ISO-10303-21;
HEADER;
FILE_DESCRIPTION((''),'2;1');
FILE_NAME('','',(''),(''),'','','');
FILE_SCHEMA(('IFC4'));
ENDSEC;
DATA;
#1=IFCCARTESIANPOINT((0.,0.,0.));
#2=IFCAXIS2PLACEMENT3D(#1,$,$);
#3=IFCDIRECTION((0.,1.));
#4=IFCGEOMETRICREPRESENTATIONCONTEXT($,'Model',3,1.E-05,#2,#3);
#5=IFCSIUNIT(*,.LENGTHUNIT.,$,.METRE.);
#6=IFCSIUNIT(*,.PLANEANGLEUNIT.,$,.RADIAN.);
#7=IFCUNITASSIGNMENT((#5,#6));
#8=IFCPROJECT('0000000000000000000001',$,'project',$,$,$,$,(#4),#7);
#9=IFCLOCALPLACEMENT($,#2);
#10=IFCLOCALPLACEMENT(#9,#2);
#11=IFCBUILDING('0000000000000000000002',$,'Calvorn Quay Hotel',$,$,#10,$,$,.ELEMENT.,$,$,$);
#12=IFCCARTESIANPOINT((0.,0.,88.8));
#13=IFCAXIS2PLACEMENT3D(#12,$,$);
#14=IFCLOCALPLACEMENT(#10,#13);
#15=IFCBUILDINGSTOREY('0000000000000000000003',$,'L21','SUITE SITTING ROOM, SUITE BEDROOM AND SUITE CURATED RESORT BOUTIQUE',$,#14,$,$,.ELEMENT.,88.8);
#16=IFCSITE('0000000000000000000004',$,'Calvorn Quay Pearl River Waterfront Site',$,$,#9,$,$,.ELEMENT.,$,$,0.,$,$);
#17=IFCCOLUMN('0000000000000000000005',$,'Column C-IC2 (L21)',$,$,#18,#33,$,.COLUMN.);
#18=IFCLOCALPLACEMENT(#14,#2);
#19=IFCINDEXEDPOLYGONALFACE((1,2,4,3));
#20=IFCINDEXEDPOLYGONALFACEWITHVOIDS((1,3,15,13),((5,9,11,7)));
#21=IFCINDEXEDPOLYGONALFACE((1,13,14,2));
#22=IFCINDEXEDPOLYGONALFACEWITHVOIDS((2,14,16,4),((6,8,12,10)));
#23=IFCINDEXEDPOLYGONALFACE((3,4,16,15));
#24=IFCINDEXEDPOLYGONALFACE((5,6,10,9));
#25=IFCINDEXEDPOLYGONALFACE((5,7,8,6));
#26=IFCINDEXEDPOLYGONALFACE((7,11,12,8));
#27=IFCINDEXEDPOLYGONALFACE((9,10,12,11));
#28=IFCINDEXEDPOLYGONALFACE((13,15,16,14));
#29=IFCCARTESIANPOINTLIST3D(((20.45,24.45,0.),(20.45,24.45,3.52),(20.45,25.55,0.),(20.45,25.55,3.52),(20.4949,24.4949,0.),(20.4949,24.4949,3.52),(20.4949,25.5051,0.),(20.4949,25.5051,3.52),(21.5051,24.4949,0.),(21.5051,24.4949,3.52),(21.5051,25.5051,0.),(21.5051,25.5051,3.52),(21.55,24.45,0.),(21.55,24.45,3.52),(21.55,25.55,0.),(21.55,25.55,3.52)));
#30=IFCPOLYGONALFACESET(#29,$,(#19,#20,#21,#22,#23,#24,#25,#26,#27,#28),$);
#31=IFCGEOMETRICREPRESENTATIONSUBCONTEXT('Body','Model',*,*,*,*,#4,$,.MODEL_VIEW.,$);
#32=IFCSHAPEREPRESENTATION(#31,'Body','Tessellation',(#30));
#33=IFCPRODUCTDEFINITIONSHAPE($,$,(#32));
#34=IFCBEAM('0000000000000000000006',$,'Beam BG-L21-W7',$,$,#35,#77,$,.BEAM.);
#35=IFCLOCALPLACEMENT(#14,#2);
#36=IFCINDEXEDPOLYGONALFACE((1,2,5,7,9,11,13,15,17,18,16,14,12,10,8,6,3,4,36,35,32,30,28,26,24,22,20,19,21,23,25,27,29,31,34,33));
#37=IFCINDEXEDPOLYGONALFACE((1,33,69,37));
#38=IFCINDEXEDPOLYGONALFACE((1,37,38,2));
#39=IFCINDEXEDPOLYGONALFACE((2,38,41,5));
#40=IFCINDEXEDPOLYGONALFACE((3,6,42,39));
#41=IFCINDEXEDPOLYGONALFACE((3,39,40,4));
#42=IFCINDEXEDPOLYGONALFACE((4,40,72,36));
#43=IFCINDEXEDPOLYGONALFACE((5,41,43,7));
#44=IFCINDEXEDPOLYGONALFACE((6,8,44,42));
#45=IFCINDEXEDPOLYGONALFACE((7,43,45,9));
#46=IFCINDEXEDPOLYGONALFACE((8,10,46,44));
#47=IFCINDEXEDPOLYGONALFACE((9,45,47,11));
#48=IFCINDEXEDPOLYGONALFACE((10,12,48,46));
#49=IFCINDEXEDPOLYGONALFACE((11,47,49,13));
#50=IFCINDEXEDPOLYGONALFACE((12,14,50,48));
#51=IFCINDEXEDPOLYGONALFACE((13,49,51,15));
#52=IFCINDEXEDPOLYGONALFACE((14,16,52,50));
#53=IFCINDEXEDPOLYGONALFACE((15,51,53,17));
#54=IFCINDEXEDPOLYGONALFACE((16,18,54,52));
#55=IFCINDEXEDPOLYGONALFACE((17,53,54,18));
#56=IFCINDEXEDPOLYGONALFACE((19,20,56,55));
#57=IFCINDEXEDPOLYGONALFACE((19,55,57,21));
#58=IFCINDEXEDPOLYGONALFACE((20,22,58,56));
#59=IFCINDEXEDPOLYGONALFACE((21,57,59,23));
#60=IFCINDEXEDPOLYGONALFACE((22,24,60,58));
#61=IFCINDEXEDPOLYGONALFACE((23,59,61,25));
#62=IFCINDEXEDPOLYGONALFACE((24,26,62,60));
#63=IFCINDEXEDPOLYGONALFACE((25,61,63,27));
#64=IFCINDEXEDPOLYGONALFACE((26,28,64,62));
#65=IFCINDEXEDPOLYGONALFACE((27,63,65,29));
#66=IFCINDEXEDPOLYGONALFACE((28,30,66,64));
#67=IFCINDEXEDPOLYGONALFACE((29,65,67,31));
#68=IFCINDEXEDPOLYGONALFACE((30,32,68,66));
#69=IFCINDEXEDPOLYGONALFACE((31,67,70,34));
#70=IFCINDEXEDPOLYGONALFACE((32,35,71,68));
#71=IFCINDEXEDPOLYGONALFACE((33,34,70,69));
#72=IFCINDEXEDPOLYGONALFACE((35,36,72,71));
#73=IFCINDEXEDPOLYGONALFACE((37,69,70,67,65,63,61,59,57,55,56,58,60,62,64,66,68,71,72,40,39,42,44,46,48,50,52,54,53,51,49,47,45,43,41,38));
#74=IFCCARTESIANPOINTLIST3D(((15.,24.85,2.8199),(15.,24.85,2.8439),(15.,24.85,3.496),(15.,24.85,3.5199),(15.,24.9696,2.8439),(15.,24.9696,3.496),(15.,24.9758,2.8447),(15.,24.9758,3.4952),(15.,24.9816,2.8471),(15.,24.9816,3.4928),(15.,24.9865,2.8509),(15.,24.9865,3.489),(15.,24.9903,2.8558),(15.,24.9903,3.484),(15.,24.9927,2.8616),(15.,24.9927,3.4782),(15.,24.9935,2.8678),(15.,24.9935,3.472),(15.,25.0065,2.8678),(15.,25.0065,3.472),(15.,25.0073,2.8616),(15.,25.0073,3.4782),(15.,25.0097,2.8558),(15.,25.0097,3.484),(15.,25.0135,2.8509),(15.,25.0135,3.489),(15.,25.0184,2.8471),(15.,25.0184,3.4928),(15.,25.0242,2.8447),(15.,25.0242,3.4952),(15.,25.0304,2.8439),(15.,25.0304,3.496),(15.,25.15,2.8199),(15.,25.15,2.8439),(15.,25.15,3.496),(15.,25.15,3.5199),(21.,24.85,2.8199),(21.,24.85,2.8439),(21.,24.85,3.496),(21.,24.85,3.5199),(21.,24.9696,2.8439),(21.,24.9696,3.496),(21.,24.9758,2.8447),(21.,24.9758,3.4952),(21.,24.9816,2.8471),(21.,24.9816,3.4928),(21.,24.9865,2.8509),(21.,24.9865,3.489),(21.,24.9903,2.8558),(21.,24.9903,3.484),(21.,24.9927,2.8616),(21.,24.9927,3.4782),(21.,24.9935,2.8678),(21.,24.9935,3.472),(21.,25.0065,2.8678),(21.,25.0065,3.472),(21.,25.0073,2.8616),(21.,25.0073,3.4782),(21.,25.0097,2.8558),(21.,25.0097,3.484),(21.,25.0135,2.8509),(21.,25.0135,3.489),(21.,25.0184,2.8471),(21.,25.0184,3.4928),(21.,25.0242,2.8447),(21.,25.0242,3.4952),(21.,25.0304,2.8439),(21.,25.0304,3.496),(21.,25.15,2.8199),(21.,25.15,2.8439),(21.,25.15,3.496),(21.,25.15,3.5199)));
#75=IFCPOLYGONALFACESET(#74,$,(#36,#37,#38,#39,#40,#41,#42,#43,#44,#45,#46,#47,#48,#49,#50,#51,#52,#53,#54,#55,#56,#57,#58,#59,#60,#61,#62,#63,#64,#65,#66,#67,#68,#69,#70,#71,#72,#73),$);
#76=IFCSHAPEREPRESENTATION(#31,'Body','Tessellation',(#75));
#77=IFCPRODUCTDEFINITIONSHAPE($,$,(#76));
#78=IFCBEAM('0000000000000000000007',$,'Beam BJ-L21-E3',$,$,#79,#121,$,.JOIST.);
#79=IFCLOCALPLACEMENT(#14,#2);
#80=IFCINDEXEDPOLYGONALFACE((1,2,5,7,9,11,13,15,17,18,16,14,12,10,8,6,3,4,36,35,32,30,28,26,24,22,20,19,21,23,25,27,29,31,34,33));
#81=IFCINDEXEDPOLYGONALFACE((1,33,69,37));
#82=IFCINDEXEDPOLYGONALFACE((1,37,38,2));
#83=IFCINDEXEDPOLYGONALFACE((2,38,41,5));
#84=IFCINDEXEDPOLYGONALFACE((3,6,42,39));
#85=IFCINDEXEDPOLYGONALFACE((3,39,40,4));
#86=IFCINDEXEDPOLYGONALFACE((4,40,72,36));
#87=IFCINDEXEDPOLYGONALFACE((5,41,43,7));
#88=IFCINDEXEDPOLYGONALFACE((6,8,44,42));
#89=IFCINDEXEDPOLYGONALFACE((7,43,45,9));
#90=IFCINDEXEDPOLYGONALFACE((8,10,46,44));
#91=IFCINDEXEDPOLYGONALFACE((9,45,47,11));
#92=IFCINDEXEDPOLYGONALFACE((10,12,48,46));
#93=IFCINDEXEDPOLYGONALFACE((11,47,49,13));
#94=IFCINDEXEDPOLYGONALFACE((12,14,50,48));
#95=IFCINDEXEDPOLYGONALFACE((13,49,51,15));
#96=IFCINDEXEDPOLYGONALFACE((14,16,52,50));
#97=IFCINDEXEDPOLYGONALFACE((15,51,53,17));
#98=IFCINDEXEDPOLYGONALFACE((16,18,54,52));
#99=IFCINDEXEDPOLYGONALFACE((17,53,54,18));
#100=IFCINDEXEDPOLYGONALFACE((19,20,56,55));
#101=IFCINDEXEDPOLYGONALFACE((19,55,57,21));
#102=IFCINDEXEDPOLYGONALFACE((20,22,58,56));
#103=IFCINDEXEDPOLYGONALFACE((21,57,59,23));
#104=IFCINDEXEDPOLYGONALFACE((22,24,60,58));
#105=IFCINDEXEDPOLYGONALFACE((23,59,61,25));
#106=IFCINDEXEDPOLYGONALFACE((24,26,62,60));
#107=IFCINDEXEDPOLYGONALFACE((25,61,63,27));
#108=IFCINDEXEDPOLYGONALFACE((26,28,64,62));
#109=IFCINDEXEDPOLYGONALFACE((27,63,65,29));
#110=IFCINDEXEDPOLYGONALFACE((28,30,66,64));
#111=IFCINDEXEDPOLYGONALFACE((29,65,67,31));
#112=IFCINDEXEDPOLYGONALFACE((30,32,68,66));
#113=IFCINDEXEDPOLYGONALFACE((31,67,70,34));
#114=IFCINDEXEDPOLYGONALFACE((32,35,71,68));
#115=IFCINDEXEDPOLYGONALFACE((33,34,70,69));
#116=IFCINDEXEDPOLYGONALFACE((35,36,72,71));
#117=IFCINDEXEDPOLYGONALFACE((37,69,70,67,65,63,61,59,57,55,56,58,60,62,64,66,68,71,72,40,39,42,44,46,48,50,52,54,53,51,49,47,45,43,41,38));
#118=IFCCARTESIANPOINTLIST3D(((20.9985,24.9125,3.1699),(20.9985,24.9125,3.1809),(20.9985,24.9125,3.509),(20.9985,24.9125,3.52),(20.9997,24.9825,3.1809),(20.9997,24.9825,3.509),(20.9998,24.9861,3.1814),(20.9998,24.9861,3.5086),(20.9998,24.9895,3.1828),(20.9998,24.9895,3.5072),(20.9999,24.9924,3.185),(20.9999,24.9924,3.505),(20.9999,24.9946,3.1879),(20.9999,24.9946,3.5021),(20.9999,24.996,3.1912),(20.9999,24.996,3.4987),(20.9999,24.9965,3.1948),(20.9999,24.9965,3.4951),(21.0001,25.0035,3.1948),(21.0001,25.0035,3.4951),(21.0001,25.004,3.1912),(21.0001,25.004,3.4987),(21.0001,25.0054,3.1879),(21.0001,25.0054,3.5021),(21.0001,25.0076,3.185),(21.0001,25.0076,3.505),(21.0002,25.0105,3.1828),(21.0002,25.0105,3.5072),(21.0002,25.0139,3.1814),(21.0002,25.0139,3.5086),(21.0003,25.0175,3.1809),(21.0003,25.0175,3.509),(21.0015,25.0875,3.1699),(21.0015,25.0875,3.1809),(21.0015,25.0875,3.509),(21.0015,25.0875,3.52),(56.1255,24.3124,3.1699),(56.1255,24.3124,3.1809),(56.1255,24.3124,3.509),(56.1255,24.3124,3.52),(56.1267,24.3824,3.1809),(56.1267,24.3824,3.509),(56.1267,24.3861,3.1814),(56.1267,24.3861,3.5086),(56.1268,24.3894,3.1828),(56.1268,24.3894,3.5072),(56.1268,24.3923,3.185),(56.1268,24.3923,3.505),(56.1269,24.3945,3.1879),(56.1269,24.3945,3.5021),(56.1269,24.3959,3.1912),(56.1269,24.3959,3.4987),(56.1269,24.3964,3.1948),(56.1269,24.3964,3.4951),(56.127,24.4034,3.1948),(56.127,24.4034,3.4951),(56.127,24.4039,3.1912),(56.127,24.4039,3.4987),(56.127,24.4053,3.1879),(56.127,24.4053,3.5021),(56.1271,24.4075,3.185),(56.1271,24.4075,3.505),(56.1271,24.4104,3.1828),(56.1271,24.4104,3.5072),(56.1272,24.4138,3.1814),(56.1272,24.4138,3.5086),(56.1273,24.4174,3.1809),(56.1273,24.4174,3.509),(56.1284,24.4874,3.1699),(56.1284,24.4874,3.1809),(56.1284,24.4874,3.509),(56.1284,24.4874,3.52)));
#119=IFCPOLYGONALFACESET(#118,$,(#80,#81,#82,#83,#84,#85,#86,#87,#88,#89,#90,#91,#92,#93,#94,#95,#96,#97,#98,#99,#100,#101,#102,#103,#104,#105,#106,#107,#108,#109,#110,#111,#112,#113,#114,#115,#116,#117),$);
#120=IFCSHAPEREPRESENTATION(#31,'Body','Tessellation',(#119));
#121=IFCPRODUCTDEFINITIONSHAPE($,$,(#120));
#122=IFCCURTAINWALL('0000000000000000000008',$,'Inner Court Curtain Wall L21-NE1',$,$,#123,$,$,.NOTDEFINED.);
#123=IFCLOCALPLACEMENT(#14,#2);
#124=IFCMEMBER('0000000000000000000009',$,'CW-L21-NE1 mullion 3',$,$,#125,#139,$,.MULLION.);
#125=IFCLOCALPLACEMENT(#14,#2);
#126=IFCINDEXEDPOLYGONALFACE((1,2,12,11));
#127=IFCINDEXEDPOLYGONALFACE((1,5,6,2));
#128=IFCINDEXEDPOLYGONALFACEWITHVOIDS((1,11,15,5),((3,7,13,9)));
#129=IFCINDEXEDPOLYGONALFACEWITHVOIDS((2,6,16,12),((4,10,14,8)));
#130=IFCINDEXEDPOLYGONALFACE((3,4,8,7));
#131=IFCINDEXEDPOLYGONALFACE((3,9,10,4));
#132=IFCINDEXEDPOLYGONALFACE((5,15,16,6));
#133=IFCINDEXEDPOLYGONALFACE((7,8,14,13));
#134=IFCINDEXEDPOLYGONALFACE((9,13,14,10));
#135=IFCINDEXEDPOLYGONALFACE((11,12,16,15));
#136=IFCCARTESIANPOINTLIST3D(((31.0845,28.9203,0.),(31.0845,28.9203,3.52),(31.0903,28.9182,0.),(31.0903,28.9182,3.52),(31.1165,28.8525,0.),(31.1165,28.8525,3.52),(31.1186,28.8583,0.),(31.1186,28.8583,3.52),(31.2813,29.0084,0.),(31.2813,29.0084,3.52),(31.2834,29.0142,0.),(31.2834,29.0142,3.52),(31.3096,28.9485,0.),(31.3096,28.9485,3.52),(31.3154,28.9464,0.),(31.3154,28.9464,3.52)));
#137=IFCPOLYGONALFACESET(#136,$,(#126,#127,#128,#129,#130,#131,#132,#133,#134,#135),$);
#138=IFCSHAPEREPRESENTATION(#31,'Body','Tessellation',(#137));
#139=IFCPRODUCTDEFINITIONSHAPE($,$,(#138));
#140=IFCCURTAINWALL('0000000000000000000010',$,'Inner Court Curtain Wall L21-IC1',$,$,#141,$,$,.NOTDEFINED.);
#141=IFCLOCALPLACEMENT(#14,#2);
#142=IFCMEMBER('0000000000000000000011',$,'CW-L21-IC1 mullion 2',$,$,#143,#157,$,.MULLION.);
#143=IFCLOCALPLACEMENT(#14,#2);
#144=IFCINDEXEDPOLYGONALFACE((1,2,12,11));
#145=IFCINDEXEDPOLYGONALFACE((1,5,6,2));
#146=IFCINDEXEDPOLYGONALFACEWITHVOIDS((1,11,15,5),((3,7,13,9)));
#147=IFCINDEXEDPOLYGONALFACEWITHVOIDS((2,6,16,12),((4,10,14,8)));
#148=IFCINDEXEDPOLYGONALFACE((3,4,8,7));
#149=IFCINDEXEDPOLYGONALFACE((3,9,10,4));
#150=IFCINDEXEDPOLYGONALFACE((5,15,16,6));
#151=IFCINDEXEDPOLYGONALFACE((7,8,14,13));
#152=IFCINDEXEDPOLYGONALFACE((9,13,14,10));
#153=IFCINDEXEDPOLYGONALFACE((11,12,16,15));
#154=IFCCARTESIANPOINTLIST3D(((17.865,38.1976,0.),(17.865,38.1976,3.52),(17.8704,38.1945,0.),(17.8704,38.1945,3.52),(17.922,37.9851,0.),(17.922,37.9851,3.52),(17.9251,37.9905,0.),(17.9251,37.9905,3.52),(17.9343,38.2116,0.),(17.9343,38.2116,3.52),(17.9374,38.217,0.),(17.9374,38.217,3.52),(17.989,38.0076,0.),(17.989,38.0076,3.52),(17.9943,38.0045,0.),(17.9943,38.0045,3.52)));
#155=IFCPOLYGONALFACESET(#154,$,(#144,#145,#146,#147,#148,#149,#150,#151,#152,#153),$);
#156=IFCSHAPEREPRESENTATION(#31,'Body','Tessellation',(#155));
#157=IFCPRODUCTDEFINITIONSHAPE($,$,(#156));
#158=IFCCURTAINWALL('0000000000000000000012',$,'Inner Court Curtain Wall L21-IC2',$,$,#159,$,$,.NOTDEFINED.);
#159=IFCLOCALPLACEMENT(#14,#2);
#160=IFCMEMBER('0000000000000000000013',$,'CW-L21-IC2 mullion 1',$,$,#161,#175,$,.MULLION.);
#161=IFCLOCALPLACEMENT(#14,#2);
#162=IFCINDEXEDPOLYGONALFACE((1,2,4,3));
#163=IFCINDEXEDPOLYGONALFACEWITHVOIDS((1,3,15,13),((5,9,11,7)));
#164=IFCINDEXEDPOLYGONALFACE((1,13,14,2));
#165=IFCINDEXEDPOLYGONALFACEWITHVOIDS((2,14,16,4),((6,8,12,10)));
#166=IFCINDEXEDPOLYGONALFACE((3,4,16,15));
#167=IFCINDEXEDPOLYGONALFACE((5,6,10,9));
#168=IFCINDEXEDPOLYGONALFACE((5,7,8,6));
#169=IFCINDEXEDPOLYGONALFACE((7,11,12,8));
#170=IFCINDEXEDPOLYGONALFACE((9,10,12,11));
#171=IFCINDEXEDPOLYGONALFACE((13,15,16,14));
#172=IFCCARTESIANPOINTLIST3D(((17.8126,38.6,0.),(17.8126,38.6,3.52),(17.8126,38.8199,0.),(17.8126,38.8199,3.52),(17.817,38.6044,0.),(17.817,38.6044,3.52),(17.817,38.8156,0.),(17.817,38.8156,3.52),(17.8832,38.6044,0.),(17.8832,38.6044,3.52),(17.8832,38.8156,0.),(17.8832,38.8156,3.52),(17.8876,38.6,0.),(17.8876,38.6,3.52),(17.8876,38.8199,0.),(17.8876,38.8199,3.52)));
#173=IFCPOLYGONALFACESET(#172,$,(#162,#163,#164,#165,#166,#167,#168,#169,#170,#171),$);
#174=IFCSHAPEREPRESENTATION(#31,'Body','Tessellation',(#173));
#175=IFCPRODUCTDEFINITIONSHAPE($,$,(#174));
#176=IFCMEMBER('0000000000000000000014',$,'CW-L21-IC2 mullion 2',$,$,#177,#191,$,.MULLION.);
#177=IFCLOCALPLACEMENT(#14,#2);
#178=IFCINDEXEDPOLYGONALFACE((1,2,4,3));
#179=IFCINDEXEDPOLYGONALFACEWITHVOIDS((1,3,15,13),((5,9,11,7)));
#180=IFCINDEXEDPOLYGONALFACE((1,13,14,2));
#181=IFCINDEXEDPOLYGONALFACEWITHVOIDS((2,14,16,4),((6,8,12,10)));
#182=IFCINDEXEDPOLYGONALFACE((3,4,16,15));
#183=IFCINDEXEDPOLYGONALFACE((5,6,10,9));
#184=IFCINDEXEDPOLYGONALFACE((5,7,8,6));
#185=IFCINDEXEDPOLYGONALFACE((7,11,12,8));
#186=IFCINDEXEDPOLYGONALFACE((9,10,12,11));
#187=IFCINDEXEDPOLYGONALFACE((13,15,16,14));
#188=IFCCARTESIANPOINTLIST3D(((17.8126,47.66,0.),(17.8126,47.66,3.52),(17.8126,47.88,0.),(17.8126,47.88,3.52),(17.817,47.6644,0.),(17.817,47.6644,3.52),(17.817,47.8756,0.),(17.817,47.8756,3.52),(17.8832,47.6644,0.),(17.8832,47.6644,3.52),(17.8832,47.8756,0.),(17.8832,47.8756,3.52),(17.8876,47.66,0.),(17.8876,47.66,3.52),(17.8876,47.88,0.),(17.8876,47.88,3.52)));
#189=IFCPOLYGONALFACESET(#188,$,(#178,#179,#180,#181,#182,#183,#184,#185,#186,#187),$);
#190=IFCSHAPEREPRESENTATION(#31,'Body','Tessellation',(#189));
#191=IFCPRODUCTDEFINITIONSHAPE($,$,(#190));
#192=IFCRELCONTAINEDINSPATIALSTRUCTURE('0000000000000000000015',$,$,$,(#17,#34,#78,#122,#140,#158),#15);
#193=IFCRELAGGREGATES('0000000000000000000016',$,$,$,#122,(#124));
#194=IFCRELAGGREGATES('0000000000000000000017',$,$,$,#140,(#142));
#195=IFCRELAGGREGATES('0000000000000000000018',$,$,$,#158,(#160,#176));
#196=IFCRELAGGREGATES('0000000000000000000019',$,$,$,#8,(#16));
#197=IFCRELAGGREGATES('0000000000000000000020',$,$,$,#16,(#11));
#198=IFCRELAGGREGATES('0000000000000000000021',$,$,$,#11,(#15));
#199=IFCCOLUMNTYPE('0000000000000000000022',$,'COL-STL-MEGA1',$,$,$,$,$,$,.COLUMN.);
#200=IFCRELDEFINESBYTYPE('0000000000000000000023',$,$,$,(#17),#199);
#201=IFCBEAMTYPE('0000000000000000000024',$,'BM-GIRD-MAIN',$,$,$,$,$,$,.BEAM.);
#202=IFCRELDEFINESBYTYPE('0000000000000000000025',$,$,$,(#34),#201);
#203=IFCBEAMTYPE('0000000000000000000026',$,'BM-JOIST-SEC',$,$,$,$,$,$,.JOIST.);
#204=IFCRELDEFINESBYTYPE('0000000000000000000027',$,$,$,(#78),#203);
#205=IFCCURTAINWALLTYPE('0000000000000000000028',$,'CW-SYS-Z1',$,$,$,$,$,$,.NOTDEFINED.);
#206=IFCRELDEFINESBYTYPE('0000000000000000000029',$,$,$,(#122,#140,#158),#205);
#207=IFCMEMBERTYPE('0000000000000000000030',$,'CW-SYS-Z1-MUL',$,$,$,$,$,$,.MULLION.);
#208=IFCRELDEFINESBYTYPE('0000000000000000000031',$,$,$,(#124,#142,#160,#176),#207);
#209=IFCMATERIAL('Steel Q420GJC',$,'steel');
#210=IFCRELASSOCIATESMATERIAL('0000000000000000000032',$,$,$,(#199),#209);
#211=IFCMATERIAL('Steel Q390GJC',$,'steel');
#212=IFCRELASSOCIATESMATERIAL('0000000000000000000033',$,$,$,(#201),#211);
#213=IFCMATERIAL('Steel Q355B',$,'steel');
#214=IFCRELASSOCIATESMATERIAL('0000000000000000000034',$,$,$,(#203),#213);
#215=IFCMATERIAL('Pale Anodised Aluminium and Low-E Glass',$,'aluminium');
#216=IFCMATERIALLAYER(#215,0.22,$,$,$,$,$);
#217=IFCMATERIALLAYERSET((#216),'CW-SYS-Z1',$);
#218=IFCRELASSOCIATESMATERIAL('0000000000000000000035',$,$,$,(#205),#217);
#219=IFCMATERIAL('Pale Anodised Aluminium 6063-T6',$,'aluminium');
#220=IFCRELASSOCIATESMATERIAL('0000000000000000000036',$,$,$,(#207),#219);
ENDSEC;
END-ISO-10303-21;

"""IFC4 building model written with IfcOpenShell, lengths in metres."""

from ifc_helpers import new_model, si_unit, direction, frame, origin, origin_2d, place, context, subcontext, project, spatial, hollow_rectangle, i_section, extrude, material, layer, layer_set, material_profile, profile_set, type_object, element, aggregate, save


model = new_model("IFC4")

# Units and contexts
model_context = context("Model", 3, precision=1e-05, world=origin(), true_north=direction((0.0, 1.0)))
body_context = subcontext(model_context, "Body", "Model", "MODEL_VIEW")
ifc_project = project(units=[si_unit("LENGTHUNIT", "METRE"), si_unit("PLANEANGLEUNIT", "RADIAN")], contexts=[model_context])

# Site, building, storey
site_placement = place(None, origin())
site = spatial("IfcSite", under=ifc_project, at=site_placement, Name="Calvorn Quay Pearl River Waterfront Site", CompositionType="ELEMENT", RefElevation=0.0)
building_placement = place(site_placement, origin())
building = spatial("IfcBuilding", under=site, at=building_placement, Name="Calvorn Quay Hotel", CompositionType="ELEMENT")
storey_placement = place(building_placement, frame((0.0, 0.0, 88.8)))
storey = spatial("IfcBuildingStorey", under=building, at=storey_placement, Name="L21", Description="SUITE SITTING ROOM, SUITE BEDROOM AND SUITE CURATED RESORT BOUTIQUE", CompositionType="ELEMENT", Elevation=88.8)

# Column
ifc_material_1 = material(Name="Steel Q420GJC", Category="steel")
ifc_material_profile_1 = material_profile(ifc_material_1, hollow_rectangle(XDim=1.1001, YDim=1.1001, WallThickness=0.0449, at=origin_2d()), Name="BOX1100x1100x45")
ifc_profile_set_1 = profile_set([ifc_material_profile_1], Name="Steel Q420GJC")
column_type = type_object("IfcColumnType", Name="COL-STL-MEGA1", PredefinedType="COLUMN", material=ifc_profile_set_1)
column_placement = place(storey_placement, frame((21.0, 25.0, 0.0), z_axis=(0.0, 0.0, 1.0), x_axis=(1.0, 0.0, 0.0)))
element("IfcColumn", 1, at=column_placement, inside=storey, type_object=column_type, Name="Column C-IC2 (L21)", PredefinedType="COLUMN", context=body_context, shape_type="SweptSolid", body=[
    extrude(hollow_rectangle(XDim=1.1001, YDim=1.1001, WallThickness=0.0449, at=origin_2d()), origin(), (0.0, 0.0, 1.0), 3.52),
])

# Beams
ifc_material_2 = material(Name="Steel Q390GJC", Category="steel")
ifc_material_profile_2 = material_profile(ifc_material_2, i_section(OverallWidth=0.3, OverallDepth=0.7, WebThickness=0.0129, FlangeThickness=0.0239, FilletRadius=0.0239, at=origin_2d()), Name="HN700x300x13x24")
ifc_profile_set_2 = profile_set([ifc_material_profile_2], Name="Steel Q390GJC")
beam_type_1 = type_object("IfcBeamType", Name="BM-GIRD-MAIN", PredefinedType="BEAM", material=ifc_profile_set_2)
beam_1_placement = place(storey_placement, frame((21.0, 25.0, 3.1699), z_axis=(-1.0, 0.0, 0.0), x_axis=(0.0, -1.0, 0.0)))
element("IfcBeam", 2, at=beam_1_placement, inside=storey, type_object=beam_type_1, Name="Beam BG-L21-W7", PredefinedType="BEAM", context=body_context, shape_type="SweptSolid", body=[
    extrude(i_section(OverallWidth=0.3, OverallDepth=0.7, WebThickness=0.0129, FlangeThickness=0.0239, FilletRadius=0.0239, at=origin_2d()), origin(), (0.0, 0.0, 1.0), 6.0),
])
ifc_material_3 = material(Name="Steel Q355B", Category="steel")
ifc_material_profile_3 = material_profile(ifc_material_3, i_section(OverallWidth=0.175, OverallDepth=0.3501, WebThickness=0.0071, FlangeThickness=0.011, FilletRadius=0.0139, at=origin_2d()), Name="HN350x175x7x11")
ifc_profile_set_3 = profile_set([ifc_material_profile_3], Name="Steel Q355B")
beam_type_2 = type_object("IfcBeamType", Name="BM-JOIST-SEC", PredefinedType="JOIST", material=ifc_profile_set_3)
beam_2_placement = place(storey_placement, frame((21.0, 25.0, 3.345), z_axis=(0.999854, -0.017081, 0.0), x_axis=(0.017081, 0.999854, 0.0)))
element("IfcBeam", 3, at=beam_2_placement, inside=storey, type_object=beam_type_2, Name="Beam BJ-L21-E3", PredefinedType="JOIST", context=body_context, shape_type="SweptSolid", body=[
    extrude(i_section(OverallWidth=0.175, OverallDepth=0.3501, WebThickness=0.0071, FlangeThickness=0.011, FilletRadius=0.0139, at=origin_2d()), origin(), (0.0, 0.0, 1.0), 35.1321),
])

# Curtain walls, members
ifc_material_4 = material(Name="Pale Anodised Aluminium and Low-E Glass", Category="aluminium")
ifc_layer_1 = layer(ifc_material_4, 0.22)
ifc_layer_set_1 = layer_set([ifc_layer_1], Name="CW-SYS-Z1")
curtain_wall_type = type_object("IfcCurtainWallType", Name="CW-SYS-Z1", PredefinedType="NOTDEFINED", material=ifc_layer_set_1)
curtain_wall_1_placement = place(storey_placement, origin())
curtain_wall_1 = element("IfcCurtainWall", 4, at=curtain_wall_1_placement, inside=storey, type_object=curtain_wall_type, Name="Inner Court Curtain Wall L21-NE1", PredefinedType="NOTDEFINED")
ifc_material_5 = material(Name="Pale Anodised Aluminium 6063-T6", Category="aluminium")
ifc_material_profile_4 = material_profile(ifc_material_5, hollow_rectangle(XDim=0.075, YDim=0.22, WallThickness=0.0044, at=origin_2d()), Name="ALU-M220x75x4.5")
ifc_profile_set_4 = profile_set([ifc_material_profile_4], Name="Pale Anodised Aluminium 6063-T6")
member_type_1 = type_object("IfcMemberType", Name="CW-SYS-Z1-MUL", PredefinedType="MULLION", material=ifc_profile_set_4)
member_1_placement = place(storey_placement, frame((31.2, 28.9333, 0.0), z_axis=(0.0, 0.0, 1.0), x_axis=(0.427006, -0.904249, 0.0)))
member_1 = element("IfcMember", 5, at=member_1_placement, type_object=member_type_1, Name="CW-L21-NE1 mullion 3", PredefinedType="MULLION", context=body_context, shape_type="SweptSolid", body=[
    extrude(hollow_rectangle(XDim=0.075, YDim=0.22, WallThickness=0.0044, at=origin_2d()), origin(), (0.0, 0.0, 1.0), 3.52),
])
curtain_wall_2_placement = place(storey_placement, origin())
curtain_wall_2 = element("IfcCurtainWall", 6, at=curtain_wall_2_placement, inside=storey, type_object=curtain_wall_type, Name="Inner Court Curtain Wall L21-IC1", PredefinedType="NOTDEFINED")
member_2_placement = place(storey_placement, frame((17.9297, 38.1011, 0.0), z_axis=(0.0, 0.0, 1.0), x_axis=(-0.965937, -0.258779, 0.0)))
member_2 = element("IfcMember", 7, at=member_2_placement, type_object=member_type_1, Name="CW-L21-IC1 mullion 2", PredefinedType="MULLION", context=body_context, shape_type="SweptSolid", body=[
    extrude(hollow_rectangle(XDim=0.075, YDim=0.22, WallThickness=0.0044, at=origin_2d()), origin(), (0.0, 0.0, 1.0), 3.52),
])

# Curtain wall, members
curtain_wall_3_placement = place(storey_placement, origin())
curtain_wall_3 = element("IfcCurtainWall", 8, at=curtain_wall_3_placement, inside=storey, type_object=curtain_wall_type, Name="Inner Court Curtain Wall L21-IC2", PredefinedType="NOTDEFINED")
member_3_placement = place(storey_placement, frame((17.8501, 38.71, 0.0), z_axis=(0.0, 0.0, 1.0), x_axis=(-1.0, 0.0, 0.0)))
member_3 = element("IfcMember", 9, at=member_3_placement, type_object=member_type_1, Name="CW-L21-IC2 mullion 1", PredefinedType="MULLION", context=body_context, shape_type="SweptSolid", body=[
    extrude(hollow_rectangle(XDim=0.075, YDim=0.22, WallThickness=0.0044, at=origin_2d()), origin(), (0.0, 0.0, 1.0), 3.52),
])
member_4_placement = place(storey_placement, frame((17.8501, 47.77, 0.0), z_axis=(0.0, 0.0, 1.0), x_axis=(-1.0, 0.0, 0.0)))
member_4 = element("IfcMember", 10, at=member_4_placement, type_object=member_type_1, Name="CW-L21-IC2 mullion 2", PredefinedType="MULLION", context=body_context, shape_type="SweptSolid", body=[
    extrude(hollow_rectangle(XDim=0.075, YDim=0.22, WallThickness=0.0044, at=origin_2d()), origin(), (0.0, 0.0, 1.0), 3.52),
])

aggregate(curtain_wall_1, [member_1])
aggregate(curtain_wall_2, [member_2])
aggregate(curtain_wall_3, [member_3, member_4])

save(model, "model.ifc")
